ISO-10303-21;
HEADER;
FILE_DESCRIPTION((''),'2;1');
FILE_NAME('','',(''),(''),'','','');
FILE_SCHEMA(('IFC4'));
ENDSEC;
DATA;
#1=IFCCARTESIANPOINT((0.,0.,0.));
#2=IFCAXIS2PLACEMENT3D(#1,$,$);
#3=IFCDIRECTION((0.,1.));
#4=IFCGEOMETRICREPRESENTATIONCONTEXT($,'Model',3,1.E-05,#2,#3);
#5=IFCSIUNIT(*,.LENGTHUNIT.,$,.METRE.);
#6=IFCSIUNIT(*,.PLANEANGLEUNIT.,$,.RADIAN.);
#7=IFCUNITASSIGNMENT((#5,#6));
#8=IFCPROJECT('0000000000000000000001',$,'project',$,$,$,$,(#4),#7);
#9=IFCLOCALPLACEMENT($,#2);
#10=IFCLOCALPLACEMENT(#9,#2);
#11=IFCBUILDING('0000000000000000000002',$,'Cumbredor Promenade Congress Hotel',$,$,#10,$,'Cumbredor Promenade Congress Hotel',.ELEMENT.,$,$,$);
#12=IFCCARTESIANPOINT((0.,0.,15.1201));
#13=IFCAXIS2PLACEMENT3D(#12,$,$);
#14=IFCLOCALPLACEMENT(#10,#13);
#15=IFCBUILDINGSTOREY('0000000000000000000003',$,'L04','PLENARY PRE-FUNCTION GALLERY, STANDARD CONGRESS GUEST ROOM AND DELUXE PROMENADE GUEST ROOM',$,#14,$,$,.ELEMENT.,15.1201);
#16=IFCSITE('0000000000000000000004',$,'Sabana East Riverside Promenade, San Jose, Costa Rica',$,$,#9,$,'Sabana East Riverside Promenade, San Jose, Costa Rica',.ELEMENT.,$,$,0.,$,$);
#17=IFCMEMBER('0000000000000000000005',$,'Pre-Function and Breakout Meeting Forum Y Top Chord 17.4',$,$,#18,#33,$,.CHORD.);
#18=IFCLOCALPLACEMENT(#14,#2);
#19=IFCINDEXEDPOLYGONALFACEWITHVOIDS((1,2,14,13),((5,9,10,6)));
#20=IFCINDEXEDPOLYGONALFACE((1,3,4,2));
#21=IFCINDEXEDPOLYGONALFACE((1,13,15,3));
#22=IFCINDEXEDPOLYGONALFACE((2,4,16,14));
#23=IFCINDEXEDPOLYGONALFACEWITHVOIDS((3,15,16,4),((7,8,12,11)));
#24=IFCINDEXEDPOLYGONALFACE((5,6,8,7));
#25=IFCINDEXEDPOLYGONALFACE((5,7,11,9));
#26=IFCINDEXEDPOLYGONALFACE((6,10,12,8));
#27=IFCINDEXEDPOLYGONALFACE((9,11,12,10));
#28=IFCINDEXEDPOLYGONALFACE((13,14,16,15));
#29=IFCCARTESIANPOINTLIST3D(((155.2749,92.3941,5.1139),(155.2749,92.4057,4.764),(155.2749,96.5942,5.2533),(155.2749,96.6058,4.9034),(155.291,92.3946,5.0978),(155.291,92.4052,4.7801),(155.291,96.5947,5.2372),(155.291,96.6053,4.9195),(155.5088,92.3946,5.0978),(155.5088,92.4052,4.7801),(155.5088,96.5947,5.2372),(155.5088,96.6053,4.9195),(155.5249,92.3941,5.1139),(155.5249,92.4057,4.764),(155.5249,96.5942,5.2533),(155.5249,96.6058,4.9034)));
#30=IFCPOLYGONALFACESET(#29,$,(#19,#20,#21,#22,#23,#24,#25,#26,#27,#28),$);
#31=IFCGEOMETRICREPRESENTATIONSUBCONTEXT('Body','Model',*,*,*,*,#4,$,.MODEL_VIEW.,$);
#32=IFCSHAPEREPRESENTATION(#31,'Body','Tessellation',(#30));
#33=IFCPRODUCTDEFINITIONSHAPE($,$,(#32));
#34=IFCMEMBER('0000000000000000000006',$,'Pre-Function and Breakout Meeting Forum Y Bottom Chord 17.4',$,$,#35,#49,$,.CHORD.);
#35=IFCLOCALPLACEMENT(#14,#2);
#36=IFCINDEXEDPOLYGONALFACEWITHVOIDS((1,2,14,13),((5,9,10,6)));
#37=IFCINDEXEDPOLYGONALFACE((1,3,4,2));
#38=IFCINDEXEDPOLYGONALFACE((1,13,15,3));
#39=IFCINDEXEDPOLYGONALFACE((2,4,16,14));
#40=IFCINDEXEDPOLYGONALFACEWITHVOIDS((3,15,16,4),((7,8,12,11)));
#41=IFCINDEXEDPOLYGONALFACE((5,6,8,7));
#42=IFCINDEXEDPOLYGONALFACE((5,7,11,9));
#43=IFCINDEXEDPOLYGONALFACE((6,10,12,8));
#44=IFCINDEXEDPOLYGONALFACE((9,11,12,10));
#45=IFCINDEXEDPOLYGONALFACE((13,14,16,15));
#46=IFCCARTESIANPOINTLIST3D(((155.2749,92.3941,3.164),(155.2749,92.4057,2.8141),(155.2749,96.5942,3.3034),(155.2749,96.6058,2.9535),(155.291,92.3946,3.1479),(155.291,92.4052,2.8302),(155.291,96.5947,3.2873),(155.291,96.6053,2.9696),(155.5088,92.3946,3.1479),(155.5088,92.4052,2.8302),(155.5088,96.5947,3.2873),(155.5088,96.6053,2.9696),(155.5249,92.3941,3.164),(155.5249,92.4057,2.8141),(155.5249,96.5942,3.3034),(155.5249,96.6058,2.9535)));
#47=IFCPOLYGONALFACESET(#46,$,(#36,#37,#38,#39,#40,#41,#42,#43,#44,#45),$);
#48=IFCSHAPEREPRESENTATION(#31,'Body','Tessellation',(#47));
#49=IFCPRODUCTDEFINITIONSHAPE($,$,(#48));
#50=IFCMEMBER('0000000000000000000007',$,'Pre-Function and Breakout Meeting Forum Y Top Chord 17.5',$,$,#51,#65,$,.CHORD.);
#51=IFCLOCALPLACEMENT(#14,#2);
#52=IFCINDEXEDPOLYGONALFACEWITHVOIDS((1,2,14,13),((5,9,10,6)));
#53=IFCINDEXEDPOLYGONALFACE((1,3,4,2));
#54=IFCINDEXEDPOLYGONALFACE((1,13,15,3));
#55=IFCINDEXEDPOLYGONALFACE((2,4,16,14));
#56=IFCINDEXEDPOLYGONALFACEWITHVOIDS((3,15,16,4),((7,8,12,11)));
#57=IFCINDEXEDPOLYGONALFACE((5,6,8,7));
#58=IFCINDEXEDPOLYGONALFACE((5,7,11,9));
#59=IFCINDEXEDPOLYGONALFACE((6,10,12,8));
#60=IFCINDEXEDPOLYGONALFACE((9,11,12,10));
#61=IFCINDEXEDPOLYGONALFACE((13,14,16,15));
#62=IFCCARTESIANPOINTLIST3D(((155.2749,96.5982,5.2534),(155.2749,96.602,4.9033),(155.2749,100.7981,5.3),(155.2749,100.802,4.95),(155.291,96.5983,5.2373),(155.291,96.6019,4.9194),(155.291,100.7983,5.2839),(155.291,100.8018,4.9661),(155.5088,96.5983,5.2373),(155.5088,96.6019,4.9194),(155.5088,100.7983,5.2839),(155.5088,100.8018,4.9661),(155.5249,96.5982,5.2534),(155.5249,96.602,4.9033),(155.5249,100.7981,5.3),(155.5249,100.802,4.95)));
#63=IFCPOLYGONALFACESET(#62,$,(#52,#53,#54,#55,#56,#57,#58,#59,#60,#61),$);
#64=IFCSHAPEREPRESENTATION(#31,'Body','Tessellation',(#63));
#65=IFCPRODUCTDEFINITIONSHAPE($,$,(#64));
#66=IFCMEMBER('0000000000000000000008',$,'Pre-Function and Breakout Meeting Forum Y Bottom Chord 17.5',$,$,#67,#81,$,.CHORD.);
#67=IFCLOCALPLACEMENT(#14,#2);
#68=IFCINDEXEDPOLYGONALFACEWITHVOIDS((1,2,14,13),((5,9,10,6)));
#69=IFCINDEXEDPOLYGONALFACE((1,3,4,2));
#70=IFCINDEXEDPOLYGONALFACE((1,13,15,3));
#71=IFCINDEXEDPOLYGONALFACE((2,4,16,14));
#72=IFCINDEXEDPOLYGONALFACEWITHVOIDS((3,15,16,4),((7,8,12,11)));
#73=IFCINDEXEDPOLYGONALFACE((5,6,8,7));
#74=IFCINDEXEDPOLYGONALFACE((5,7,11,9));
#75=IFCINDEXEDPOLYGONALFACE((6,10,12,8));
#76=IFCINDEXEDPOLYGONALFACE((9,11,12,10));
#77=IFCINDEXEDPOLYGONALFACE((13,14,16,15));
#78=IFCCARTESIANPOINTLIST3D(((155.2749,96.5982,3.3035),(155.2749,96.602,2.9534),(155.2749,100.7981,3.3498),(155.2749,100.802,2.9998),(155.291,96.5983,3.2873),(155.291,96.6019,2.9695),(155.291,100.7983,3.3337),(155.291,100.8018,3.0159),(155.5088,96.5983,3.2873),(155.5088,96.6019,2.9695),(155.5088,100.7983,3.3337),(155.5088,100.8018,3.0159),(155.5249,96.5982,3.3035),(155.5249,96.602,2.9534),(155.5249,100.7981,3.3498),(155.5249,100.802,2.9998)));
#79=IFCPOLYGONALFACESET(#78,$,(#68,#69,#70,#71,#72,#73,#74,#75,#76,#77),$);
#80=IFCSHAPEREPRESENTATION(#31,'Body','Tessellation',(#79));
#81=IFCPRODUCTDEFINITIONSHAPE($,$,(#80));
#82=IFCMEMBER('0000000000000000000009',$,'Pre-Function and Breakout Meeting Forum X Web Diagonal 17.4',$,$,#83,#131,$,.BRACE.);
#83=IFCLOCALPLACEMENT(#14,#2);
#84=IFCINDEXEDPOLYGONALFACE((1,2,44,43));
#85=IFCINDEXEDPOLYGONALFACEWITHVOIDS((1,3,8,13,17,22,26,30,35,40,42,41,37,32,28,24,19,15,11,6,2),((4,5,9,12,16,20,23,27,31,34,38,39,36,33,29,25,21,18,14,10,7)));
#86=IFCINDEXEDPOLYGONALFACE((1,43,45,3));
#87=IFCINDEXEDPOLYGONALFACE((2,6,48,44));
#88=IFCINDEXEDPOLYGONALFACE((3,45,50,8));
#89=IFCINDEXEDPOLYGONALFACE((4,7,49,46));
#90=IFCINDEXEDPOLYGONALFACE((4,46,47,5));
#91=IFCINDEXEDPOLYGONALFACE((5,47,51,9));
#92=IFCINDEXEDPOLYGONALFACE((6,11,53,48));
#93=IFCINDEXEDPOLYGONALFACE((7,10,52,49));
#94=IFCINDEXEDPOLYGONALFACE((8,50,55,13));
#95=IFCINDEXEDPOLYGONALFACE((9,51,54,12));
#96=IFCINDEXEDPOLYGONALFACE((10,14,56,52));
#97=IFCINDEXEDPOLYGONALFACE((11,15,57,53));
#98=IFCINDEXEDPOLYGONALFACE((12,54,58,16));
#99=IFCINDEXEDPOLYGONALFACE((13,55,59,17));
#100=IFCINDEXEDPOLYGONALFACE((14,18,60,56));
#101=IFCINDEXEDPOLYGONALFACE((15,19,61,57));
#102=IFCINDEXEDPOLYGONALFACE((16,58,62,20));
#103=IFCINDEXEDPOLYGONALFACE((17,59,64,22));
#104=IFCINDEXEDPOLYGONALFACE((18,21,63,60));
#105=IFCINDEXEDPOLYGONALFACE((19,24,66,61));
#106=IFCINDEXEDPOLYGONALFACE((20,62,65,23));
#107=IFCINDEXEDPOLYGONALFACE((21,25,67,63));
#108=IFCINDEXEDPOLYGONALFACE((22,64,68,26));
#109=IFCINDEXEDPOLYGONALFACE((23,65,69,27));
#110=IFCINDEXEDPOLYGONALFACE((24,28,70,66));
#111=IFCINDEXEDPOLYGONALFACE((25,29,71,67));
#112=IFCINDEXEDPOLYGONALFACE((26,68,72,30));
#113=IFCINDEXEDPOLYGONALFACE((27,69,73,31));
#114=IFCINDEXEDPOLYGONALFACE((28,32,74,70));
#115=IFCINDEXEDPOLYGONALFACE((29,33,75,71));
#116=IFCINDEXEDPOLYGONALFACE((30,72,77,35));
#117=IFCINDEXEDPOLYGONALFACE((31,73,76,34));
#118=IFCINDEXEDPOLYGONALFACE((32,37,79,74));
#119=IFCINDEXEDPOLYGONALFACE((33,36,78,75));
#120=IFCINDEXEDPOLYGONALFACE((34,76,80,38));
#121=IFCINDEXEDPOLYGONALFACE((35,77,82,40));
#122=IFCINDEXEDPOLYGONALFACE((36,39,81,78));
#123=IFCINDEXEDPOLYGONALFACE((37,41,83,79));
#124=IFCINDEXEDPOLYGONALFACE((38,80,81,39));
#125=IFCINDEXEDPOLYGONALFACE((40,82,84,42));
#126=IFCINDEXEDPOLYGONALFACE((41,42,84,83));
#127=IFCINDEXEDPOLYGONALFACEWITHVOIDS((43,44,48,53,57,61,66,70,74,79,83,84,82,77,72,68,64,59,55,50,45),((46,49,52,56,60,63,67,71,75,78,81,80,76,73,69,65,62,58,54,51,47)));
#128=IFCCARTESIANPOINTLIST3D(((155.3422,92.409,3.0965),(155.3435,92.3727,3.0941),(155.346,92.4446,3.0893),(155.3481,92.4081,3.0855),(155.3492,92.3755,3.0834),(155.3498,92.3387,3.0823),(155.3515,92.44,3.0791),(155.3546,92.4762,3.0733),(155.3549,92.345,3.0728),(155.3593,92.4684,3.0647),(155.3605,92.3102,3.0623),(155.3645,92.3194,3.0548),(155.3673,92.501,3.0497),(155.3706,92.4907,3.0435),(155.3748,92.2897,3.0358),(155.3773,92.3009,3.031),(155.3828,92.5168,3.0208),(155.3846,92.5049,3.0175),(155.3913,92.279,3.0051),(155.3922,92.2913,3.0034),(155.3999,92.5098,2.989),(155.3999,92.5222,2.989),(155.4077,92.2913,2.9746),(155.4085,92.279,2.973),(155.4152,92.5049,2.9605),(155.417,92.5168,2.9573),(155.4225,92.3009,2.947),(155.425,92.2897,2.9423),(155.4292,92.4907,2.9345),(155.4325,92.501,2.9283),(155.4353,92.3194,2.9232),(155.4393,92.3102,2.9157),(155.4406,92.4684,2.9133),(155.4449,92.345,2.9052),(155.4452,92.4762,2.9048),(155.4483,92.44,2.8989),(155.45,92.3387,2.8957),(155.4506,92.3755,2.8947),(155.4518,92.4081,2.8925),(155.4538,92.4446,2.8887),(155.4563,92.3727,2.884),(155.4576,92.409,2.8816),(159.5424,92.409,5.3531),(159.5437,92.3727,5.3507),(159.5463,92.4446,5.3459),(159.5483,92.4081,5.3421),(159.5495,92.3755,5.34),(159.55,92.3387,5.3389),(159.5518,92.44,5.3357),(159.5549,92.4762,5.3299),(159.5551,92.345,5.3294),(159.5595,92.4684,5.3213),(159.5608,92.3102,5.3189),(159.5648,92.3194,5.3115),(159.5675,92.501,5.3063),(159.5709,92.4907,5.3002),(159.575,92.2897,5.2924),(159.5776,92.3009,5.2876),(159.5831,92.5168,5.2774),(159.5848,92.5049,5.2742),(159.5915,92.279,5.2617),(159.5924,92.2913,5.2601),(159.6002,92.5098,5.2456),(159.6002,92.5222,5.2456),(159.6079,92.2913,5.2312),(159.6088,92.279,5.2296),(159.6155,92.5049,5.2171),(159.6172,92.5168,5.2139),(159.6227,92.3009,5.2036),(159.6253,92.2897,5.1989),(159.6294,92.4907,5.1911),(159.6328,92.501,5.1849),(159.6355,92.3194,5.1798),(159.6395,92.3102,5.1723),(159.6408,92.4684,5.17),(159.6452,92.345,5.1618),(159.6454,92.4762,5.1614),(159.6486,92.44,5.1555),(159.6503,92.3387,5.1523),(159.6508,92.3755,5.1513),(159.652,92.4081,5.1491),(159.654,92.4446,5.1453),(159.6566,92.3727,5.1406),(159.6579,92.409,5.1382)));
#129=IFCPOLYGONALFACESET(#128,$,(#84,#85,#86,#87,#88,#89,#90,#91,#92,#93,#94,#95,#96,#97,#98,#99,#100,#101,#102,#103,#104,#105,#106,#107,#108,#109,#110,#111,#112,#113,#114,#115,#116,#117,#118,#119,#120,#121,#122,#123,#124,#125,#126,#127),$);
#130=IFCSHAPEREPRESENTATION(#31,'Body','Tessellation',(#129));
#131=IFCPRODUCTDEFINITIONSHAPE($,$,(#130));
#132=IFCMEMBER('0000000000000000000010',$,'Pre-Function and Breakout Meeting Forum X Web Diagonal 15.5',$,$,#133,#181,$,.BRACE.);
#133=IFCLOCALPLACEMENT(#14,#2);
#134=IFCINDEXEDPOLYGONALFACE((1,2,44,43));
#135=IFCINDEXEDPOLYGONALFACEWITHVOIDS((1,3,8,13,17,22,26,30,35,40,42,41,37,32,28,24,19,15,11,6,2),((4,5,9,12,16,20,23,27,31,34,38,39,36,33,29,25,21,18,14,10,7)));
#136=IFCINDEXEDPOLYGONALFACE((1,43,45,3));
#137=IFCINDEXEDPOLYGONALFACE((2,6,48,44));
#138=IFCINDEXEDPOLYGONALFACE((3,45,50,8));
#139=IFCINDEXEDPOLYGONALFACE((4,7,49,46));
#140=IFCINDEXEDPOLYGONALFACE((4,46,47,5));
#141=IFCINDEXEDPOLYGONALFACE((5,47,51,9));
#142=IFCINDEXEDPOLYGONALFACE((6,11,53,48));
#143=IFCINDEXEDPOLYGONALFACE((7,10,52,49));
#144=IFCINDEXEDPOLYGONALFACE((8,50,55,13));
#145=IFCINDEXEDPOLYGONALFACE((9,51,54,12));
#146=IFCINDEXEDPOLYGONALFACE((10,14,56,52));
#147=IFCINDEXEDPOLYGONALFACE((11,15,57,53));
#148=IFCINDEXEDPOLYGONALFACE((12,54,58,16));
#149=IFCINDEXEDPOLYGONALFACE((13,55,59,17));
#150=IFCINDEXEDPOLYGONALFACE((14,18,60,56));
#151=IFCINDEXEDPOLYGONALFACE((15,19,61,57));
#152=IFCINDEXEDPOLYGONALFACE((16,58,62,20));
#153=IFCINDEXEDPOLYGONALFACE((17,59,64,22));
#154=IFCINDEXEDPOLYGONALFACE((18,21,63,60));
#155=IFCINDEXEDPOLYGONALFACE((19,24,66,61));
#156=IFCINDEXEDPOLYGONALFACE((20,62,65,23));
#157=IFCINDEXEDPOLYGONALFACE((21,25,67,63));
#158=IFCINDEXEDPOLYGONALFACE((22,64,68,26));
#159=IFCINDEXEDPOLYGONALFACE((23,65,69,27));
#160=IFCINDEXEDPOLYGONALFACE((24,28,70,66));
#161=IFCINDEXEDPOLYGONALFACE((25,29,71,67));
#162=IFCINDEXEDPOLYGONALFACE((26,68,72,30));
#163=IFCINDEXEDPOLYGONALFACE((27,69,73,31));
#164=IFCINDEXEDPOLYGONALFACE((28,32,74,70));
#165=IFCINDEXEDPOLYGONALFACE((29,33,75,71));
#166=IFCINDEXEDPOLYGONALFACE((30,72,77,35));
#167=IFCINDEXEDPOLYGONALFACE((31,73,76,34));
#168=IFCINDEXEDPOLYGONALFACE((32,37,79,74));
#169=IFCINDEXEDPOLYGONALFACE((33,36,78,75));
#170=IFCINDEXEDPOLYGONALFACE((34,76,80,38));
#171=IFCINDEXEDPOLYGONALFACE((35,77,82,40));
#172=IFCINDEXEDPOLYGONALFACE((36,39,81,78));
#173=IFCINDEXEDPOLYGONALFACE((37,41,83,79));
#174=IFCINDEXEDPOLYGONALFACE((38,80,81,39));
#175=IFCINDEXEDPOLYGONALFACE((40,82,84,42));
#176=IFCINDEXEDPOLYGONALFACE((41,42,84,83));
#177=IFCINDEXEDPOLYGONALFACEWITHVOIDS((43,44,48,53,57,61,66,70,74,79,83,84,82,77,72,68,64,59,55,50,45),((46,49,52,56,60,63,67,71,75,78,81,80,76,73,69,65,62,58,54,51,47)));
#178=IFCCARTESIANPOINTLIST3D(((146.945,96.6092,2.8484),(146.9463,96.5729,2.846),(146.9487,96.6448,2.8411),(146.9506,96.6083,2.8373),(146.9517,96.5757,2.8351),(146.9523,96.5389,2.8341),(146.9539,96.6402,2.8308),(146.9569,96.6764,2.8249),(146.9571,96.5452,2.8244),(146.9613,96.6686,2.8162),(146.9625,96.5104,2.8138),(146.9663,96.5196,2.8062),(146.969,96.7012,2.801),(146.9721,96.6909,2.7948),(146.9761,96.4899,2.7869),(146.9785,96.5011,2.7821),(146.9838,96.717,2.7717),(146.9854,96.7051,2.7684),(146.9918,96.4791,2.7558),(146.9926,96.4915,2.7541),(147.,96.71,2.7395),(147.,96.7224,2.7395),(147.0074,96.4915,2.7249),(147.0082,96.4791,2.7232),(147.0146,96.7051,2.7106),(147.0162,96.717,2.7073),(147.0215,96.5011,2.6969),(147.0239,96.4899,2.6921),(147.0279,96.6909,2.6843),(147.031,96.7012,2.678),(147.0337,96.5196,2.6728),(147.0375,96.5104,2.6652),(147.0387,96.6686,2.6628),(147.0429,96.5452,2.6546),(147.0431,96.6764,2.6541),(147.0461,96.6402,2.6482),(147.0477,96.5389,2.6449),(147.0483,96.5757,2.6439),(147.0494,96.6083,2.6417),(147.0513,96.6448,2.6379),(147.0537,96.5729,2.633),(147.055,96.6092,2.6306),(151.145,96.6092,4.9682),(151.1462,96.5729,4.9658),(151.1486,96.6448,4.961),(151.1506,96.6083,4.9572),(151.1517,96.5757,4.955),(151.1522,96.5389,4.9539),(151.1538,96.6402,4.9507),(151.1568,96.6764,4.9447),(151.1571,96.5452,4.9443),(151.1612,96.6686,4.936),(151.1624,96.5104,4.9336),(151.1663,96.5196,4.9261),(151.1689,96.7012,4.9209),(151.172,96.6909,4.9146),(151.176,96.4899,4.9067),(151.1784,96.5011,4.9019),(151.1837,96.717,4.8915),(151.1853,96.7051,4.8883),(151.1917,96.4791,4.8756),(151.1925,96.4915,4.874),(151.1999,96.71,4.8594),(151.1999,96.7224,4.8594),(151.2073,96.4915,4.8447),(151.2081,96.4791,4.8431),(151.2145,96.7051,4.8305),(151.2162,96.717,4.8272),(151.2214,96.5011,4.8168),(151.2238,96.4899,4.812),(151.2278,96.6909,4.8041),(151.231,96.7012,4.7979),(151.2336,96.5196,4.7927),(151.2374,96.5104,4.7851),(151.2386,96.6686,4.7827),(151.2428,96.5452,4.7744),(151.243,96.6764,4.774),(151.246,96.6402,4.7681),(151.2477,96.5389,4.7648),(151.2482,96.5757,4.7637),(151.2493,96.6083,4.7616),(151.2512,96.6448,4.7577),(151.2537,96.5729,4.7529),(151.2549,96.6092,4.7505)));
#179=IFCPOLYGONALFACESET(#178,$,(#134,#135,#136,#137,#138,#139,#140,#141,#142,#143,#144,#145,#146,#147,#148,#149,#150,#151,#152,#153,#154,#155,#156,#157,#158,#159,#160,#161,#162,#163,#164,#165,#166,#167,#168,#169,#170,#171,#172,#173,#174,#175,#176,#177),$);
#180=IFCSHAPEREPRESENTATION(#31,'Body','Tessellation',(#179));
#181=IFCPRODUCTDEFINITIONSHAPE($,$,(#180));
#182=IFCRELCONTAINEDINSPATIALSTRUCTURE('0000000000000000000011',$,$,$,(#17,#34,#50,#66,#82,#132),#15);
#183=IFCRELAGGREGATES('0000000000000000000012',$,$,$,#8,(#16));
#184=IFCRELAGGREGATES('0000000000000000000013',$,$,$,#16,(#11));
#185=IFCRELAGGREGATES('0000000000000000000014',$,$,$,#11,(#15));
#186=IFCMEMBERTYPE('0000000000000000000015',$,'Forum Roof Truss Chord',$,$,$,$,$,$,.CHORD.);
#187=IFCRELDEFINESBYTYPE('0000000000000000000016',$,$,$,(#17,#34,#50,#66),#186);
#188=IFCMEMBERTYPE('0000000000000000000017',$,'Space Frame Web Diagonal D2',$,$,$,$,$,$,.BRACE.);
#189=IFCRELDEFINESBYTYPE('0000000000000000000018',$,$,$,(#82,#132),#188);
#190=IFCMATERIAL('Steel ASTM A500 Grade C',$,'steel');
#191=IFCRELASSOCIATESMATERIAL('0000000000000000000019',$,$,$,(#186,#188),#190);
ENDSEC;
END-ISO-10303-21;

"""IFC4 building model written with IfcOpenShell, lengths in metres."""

from ifc_helpers import new_model, si_unit, direction, frame, origin, origin_2d, place, context, subcontext, project, spatial, hollow_rectangle, hollow_circle, extrude, material, material_profile, profile_set, type_object, element, save


model = new_model("IFC4")

# Units and contexts
model_context = context("Model", 3, precision=1e-05, world=origin(), true_north=direction((0.0, 1.0)))
body_context = subcontext(model_context, "Body", "Model", "MODEL_VIEW")
ifc_project = project(units=[si_unit("LENGTHUNIT", "METRE"), si_unit("PLANEANGLEUNIT", "RADIAN")], contexts=[model_context])

# Site, building, storey
site_placement = place(None, origin())
site = spatial("IfcSite", under=ifc_project, at=site_placement, Name="Sabana East Riverside Promenade, San Jose, Costa Rica", LongName="Sabana East Riverside Promenade, San Jose, Costa Rica", CompositionType="ELEMENT", RefElevation=0.0)
building_placement = place(site_placement, origin())
building = spatial("IfcBuilding", under=site, at=building_placement, Name="Cumbredor Promenade Congress Hotel", LongName="Cumbredor Promenade Congress Hotel", CompositionType="ELEMENT")
storey_placement = place(building_placement, frame((0.0, 0.0, 15.1201)))
storey = spatial("IfcBuildingStorey", under=building, at=storey_placement, Name="L04", Description="PLENARY PRE-FUNCTION GALLERY, STANDARD CONGRESS GUEST ROOM AND DELUXE PROMENADE GUEST ROOM", CompositionType="ELEMENT", Elevation=15.1201)

# Members
ifc_material_1 = material(Name="Steel ASTM A500 Grade C", Category="steel")
ifc_material_profile_1 = material_profile(ifc_material_1, hollow_rectangle(XDim=0.25, YDim=0.3501, WallThickness=0.0161, at=origin_2d()), Name="HSS 350x250x16")
ifc_profile_set_1 = profile_set([ifc_material_profile_1], Name="Steel ASTM A500 Grade C")
member_type_1 = type_object("IfcMemberType", Name="Forum Roof Truss Chord", PredefinedType="CHORD", material=ifc_profile_set_1)
for number, where, z_axis, x_axis, name in (
    (1, (155.3999, 92.3999, 4.939), (0.0, 0.99945, 0.033172), (-1.0, 0.0, 0.0), "Pre-Function and Breakout Meeting Forum Y Top Chord 17.4"),
    (2, (155.3999, 92.3999, 2.989), (0.0, 0.99945, 0.033172), (-1.0, 0.0, 0.0), "Pre-Function and Breakout Meeting Forum Y Bottom Chord 17.4"),
):
    element("IfcMember", number, at=place(storey_placement, frame(where, z_axis=z_axis, x_axis=x_axis)), inside=storey, type_object=member_type_1, Name=name, PredefinedType="CHORD", context=body_context, shape_type="SweptSolid", body=[
        extrude(hollow_rectangle(XDim=0.25, YDim=0.3501, WallThickness=0.0161, at=origin_2d()), origin(), (0.0, 0.0, 1.0), 4.2024),
    ])
for number, where, z_axis, x_axis, name in (
    (3, (155.3999, 96.6001, 5.0784), (0.0, 0.999938, 0.011102), (-1.0, 0.0, 0.0), "Pre-Function and Breakout Meeting Forum Y Top Chord 17.5"),
    (4, (155.3999, 96.6001, 3.1284), (0.0, 0.999939, 0.011044), (-1.0, 0.0, 0.0), "Pre-Function and Breakout Meeting Forum Y Bottom Chord 17.5"),
):
    element("IfcMember", number, at=place(storey_placement, frame(where, z_axis=z_axis, x_axis=x_axis)), inside=storey, type_object=member_type_1, Name=name, PredefinedType="CHORD", context=body_context, shape_type="SweptSolid", body=[
        extrude(hollow_rectangle(XDim=0.25, YDim=0.3501, WallThickness=0.0161, at=origin_2d()), origin(), (0.0, 0.0, 1.0), 4.2002),
    ])
ifc_material_profile_2 = material_profile(ifc_material_1, hollow_circle(Radius=0.1223, WallThickness=0.0125, at=origin_2d()), Name="CHS 244.5x12.5")
ifc_profile_set_2 = profile_set([ifc_material_profile_2], Name="Steel ASTM A500 Grade C")
member_type_2 = type_object("IfcMemberType", Name="Space Frame Web Diagonal D2", PredefinedType="BRACE", material=ifc_profile_set_2)
member_1_placement = place(storey_placement, frame((155.3999, 92.3999, 2.989), z_axis=(0.880913, 0.0, 0.473278), x_axis=(0.0, 1.0, 0.0)))
element("IfcMember", 5, at=member_1_placement, inside=storey, type_object=member_type_2, Name="Pre-Function and Breakout Meeting Forum X Web Diagonal 17.4", PredefinedType="BRACE", context=body_context, shape_type="SweptSolid", body=[
    extrude(hollow_circle(Radius=0.1223, WallThickness=0.0125, at=origin_2d()), origin(), (0.0, 0.0, 1.0), 4.7681),
])
member_2_placement = place(storey_placement, frame((147.0, 96.6001, 2.7395), z_axis=(0.892729, 0.0, 0.450594), x_axis=(0.0, 1.0, 0.0)))
element("IfcMember", 6, at=member_2_placement, inside=storey, type_object=member_type_2, Name="Pre-Function and Breakout Meeting Forum X Web Diagonal 15.5", PredefinedType="BRACE", context=body_context, shape_type="SweptSolid", body=[
    extrude(hollow_circle(Radius=0.1223, WallThickness=0.0125, at=origin_2d()), origin(), (0.0, 0.0, 1.0), 4.7046),
])

save(model, "model.ifc")
